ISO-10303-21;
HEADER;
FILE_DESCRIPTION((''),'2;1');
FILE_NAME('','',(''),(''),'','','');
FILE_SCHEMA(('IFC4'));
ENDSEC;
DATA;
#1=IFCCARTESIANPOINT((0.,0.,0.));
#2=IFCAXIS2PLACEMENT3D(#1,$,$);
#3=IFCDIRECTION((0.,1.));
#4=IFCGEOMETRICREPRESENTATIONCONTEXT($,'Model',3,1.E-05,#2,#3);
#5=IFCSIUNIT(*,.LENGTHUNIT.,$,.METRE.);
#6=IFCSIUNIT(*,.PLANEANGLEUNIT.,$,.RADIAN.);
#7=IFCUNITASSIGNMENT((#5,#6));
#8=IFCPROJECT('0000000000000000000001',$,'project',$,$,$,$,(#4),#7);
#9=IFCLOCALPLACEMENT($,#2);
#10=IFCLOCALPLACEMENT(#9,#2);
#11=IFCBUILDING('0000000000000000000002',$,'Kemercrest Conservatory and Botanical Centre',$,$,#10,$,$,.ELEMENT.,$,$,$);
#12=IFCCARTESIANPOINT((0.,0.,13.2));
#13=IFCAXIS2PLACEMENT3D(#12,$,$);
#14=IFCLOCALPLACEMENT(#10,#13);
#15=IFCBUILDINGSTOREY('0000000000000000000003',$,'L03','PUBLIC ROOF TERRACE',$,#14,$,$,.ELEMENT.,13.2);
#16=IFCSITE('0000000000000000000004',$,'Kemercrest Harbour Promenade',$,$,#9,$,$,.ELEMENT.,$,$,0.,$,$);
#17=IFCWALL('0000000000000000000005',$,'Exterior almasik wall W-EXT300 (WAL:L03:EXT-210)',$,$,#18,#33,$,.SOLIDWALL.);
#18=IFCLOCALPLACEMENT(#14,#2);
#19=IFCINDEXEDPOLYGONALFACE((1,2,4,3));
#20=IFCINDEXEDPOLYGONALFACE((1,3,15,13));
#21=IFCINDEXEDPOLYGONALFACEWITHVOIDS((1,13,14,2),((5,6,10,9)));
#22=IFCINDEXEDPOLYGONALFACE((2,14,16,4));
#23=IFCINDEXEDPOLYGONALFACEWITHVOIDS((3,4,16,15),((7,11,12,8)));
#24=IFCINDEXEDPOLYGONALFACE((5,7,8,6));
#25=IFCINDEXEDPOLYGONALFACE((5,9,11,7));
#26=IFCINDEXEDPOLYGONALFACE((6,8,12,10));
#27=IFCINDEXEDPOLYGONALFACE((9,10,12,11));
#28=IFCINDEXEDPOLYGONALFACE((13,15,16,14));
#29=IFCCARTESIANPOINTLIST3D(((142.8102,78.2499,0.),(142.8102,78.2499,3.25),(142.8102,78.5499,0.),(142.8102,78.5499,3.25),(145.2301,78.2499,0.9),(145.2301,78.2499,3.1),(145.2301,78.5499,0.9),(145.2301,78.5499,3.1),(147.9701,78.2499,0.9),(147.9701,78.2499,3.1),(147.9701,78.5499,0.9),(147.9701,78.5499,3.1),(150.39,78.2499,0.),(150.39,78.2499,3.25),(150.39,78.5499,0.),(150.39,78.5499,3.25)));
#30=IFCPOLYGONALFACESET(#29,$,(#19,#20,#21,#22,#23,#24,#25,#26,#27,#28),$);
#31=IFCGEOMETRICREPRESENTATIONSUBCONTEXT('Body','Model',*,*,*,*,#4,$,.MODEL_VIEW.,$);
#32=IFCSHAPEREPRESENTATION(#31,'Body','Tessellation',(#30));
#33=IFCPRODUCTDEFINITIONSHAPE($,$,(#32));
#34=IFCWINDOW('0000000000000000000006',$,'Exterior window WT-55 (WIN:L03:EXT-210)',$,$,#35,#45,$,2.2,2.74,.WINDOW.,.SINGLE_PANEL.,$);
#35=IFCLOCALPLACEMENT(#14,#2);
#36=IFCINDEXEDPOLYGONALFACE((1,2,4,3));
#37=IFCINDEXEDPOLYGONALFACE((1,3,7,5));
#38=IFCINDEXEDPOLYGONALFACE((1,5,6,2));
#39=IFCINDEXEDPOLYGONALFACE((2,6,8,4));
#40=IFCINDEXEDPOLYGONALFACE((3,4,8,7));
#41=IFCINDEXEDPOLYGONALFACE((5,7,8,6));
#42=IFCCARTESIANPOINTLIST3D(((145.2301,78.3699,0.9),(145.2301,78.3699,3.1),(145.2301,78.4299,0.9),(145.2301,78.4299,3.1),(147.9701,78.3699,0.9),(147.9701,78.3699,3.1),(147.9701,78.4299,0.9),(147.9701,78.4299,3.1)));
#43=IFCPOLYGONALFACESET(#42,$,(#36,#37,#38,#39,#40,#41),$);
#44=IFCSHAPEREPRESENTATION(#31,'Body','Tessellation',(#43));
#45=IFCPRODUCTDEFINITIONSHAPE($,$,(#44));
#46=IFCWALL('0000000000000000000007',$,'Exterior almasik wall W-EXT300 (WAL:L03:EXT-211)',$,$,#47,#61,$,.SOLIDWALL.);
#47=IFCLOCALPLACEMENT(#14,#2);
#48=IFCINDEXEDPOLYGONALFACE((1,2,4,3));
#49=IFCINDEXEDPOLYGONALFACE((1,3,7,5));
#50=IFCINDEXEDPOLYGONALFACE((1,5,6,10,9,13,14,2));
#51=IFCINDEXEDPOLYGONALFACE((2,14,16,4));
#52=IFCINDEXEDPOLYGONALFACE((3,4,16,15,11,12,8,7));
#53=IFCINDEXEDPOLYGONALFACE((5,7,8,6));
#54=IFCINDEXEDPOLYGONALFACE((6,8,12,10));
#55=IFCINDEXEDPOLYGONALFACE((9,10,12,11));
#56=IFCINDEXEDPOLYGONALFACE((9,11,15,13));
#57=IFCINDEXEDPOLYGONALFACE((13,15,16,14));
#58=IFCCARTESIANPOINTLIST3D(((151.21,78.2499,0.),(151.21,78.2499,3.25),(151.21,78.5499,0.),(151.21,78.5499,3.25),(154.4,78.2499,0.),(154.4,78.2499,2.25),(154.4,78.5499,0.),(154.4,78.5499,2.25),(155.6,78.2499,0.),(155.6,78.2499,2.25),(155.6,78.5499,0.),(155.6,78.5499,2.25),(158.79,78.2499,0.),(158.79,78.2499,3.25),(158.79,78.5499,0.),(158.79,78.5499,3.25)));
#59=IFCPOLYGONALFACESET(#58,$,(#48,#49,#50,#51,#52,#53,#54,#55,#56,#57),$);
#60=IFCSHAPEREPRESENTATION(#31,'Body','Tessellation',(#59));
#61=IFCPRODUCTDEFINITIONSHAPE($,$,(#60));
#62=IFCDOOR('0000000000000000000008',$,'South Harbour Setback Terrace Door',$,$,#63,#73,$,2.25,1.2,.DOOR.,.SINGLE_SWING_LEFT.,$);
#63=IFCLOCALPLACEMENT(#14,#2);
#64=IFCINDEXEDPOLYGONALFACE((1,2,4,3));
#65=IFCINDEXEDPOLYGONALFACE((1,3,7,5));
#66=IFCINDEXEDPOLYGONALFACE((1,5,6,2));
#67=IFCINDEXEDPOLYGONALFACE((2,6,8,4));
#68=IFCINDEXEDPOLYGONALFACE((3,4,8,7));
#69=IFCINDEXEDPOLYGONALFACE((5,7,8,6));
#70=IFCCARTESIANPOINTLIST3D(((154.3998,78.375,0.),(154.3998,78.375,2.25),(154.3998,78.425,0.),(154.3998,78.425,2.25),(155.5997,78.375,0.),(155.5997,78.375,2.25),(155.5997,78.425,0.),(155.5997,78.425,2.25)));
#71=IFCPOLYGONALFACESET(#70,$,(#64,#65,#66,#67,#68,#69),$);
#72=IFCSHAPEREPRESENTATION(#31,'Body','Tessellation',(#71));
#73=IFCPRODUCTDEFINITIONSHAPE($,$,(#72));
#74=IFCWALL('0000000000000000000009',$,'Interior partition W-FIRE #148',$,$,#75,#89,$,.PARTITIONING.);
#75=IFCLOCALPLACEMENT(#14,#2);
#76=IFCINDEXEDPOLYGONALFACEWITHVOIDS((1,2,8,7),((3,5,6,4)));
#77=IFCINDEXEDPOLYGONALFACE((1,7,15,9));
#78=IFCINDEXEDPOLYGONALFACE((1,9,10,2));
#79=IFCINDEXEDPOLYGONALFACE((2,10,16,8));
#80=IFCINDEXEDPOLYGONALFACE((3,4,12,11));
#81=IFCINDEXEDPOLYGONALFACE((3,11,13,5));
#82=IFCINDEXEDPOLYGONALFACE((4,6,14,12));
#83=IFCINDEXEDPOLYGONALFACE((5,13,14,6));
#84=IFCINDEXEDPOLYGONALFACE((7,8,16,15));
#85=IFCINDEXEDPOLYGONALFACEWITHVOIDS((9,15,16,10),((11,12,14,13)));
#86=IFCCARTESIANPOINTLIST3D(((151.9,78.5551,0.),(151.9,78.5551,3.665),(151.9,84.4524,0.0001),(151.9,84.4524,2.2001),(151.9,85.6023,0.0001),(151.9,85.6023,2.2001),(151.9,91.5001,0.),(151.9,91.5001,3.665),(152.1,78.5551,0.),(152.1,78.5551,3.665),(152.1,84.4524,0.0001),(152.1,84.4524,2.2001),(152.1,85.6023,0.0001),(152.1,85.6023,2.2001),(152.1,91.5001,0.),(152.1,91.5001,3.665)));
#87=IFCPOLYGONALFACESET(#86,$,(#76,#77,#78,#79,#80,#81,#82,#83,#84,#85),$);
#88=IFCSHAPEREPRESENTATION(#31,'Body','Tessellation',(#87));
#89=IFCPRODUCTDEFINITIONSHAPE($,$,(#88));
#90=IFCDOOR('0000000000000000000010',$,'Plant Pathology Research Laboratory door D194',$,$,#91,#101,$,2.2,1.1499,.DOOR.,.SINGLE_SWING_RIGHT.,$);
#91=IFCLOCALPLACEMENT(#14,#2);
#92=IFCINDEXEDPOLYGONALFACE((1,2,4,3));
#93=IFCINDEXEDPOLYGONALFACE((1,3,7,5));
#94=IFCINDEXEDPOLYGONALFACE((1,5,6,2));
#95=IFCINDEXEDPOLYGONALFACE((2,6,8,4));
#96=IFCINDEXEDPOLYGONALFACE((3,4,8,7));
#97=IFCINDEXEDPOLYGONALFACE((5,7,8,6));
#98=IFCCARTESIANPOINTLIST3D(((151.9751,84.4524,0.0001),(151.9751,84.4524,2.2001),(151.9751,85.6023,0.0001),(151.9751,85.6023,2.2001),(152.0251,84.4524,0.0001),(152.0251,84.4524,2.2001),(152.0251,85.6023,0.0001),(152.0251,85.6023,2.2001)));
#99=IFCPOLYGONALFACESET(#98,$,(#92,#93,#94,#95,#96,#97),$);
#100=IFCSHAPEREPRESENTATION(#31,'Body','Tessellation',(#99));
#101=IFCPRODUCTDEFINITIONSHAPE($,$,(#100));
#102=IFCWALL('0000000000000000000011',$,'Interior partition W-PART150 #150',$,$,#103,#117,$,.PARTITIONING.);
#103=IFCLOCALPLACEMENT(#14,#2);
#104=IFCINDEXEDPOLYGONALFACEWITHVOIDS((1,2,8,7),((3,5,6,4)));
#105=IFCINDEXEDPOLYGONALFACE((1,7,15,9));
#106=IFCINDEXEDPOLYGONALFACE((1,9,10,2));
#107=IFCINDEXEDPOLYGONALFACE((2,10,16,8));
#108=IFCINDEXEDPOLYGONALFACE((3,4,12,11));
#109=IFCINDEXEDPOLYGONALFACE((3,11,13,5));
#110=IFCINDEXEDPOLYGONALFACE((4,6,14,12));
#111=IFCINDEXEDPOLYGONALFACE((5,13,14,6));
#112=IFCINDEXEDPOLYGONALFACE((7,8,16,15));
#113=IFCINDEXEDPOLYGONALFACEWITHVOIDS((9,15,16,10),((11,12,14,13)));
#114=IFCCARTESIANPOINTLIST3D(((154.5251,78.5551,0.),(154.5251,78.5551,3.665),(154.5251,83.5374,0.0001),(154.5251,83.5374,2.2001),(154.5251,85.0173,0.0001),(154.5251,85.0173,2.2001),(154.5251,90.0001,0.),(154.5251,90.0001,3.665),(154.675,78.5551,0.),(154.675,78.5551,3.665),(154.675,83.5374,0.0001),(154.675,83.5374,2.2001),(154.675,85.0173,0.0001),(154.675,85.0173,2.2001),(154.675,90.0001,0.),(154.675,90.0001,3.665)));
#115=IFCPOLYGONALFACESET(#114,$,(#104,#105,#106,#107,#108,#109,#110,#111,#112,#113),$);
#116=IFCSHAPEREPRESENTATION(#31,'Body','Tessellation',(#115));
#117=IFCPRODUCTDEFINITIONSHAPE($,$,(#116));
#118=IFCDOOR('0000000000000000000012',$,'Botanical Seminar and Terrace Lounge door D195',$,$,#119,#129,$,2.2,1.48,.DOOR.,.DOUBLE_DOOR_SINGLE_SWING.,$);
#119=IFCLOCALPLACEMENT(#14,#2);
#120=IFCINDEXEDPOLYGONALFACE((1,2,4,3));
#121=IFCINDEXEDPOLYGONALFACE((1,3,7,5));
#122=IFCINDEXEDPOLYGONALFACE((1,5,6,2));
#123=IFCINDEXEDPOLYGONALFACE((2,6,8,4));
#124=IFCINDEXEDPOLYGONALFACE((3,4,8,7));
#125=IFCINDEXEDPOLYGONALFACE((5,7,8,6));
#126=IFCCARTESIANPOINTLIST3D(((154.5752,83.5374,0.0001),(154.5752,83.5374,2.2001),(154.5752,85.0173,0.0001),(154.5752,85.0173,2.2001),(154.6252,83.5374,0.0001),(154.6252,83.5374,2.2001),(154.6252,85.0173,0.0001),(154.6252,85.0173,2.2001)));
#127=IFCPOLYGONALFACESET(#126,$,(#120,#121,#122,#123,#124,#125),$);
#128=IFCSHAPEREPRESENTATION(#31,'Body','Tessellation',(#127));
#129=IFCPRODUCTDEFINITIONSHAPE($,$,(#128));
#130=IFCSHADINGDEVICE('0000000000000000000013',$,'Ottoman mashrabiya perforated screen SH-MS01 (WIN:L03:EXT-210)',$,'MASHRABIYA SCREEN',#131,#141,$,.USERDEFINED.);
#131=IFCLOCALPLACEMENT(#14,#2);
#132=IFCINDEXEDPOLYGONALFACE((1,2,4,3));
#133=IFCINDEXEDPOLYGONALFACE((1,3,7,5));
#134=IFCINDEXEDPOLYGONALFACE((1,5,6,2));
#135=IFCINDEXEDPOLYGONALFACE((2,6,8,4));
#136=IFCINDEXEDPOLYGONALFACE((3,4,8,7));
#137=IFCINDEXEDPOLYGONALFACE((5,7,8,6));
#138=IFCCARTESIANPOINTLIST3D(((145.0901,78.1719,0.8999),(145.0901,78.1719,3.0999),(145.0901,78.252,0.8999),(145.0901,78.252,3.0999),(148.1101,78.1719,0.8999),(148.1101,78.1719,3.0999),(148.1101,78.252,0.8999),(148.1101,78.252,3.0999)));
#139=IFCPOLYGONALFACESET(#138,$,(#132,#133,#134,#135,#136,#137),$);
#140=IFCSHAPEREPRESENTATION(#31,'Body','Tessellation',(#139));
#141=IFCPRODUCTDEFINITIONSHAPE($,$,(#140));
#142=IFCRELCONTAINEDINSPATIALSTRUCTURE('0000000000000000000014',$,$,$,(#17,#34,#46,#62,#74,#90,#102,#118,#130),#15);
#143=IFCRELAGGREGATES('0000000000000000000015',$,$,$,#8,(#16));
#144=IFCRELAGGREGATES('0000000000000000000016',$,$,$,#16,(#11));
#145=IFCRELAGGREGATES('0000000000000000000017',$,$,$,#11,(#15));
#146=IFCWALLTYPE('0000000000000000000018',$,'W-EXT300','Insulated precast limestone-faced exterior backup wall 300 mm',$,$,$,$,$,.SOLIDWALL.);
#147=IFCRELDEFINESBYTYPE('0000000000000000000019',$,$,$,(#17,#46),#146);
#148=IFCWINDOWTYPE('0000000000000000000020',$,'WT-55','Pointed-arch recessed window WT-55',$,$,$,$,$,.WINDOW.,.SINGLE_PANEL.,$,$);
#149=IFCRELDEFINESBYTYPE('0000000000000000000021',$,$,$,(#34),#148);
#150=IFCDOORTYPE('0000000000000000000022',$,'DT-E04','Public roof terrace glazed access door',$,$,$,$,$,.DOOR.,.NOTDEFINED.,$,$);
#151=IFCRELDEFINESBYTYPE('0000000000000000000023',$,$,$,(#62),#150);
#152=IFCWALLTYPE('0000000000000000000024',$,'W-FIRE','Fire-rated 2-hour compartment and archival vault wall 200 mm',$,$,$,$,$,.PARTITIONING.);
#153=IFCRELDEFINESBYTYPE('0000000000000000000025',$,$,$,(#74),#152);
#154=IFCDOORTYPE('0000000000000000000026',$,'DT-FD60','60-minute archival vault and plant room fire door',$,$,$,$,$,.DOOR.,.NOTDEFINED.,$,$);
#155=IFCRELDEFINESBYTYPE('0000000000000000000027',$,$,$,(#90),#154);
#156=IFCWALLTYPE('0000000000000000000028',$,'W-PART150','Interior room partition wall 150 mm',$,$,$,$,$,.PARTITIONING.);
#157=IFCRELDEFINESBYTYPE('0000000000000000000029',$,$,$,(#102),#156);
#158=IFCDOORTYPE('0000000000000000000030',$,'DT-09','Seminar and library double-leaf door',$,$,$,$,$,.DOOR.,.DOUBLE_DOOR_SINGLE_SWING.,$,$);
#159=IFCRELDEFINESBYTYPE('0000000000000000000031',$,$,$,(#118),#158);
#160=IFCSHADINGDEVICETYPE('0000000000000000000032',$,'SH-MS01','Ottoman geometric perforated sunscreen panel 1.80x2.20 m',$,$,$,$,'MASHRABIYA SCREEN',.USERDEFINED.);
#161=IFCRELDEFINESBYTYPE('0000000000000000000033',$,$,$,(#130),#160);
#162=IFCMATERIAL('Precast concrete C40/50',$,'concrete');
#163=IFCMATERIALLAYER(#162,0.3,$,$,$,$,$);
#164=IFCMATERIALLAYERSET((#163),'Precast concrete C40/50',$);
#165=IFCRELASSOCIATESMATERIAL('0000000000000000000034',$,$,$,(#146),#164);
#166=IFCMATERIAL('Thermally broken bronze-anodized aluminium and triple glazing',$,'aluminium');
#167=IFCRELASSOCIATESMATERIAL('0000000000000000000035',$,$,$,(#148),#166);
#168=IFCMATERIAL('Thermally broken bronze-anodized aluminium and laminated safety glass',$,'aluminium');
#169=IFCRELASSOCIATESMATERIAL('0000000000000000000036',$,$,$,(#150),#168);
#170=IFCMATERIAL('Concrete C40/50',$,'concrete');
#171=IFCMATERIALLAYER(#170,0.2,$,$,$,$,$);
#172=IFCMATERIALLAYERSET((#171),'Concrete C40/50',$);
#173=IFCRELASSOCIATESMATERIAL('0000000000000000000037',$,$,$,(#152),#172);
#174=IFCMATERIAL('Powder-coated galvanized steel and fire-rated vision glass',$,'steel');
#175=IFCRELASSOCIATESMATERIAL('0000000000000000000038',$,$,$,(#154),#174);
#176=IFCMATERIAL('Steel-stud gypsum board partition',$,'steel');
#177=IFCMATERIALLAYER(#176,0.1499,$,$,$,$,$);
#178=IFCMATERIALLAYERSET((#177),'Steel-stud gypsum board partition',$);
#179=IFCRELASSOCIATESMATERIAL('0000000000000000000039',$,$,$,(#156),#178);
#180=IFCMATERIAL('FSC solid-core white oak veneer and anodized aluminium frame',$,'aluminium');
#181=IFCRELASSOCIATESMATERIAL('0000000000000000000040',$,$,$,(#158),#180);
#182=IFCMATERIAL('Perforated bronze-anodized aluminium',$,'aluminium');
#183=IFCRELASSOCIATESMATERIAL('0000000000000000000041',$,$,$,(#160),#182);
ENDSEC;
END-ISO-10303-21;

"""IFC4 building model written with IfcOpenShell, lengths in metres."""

from ifc_helpers import new_model, si_unit, direction, frame, frame_2d, origin, origin_2d, place, context, subcontext, project, spatial, rectangle, extrude, material, layer, layer_set, type_object, element, fill, save


model = new_model("IFC4")

# Units and contexts
model_context = context("Model", 3, precision=1e-05, world=origin(), true_north=direction((0.0, 1.0)))
body_context = subcontext(model_context, "Body", "Model", "MODEL_VIEW")
ifc_project = project(units=[si_unit("LENGTHUNIT", "METRE"), si_unit("PLANEANGLEUNIT", "RADIAN")], contexts=[model_context])

# Site, building, storey
site_placement = place(None, origin())
site = spatial("IfcSite", under=ifc_project, at=site_placement, Name="Kemercrest Harbour Promenade", CompositionType="ELEMENT", RefElevation=0.0)
building_placement = place(site_placement, origin())
building = spatial("IfcBuilding", under=site, at=building_placement, Name="Kemercrest Conservatory and Botanical Centre", CompositionType="ELEMENT")
storey_placement = place(building_placement, frame((0.0, 0.0, 13.2)))
storey = spatial("IfcBuildingStorey", under=building, at=storey_placement, Name="L03", Description="PUBLIC ROOF TERRACE", CompositionType="ELEMENT", Elevation=13.2)

# Shared definitions
ifc_material_1 = material(Name="Concrete C40/50", Category="concrete")

# Wall, opening, window
ifc_material_2 = material(Name="Precast concrete C40/50", Category="concrete")
ifc_layer_1 = layer(ifc_material_2, 0.3)
ifc_layer_set_1 = layer_set([ifc_layer_1], Name="Precast concrete C40/50")
wall_type_1 = type_object("IfcWallType", Name="W-EXT300", Description="Insulated precast limestone-faced exterior backup wall 300 mm", PredefinedType="SOLIDWALL", material=ifc_layer_set_1)
wall_1_placement = place(storey_placement, frame((142.8101, 78.3999, 0.0), z_axis=(0.0, 0.0, 1.0), x_axis=(1.0, 0.0, 0.0)))
wall_1 = element("IfcWall", 1, at=wall_1_placement, inside=storey, type_object=wall_type_1, Name="Exterior almasik wall W-EXT300 (WAL:L03:EXT-210)", PredefinedType="SOLIDWALL", context=body_context, shape_type="SweptSolid", body=[
    extrude(rectangle(XDim=7.5798, YDim=0.3, at=frame_2d((3.79, 0.0))), origin(), (0.0, 0.0, 1.0), 3.25),
])
opening_1_placement = place(wall_1_placement, frame((2.4199, 0.0, 0.8999)))
opening_1 = element("IfcOpeningElement", 2, at=opening_1_placement, cuts=wall_1, PredefinedType="OPENING", context=body_context, shape_type="SweptSolid", body=[
    extrude(rectangle(XDim=2.74, YDim=2.2, at=frame_2d((1.3701, 1.1001))), frame((0.0, 0.1602, 0.0), z_axis=(0.0, -1.0, 0.0), x_axis=(1.0, 0.0, 0.0)), (0.0, 0.0, 1.0), 0.3201),
])
ifc_material_3 = material(Name="Thermally broken bronze-anodized aluminium and triple glazing", Category="aluminium")
window_type = type_object("IfcWindowType", Name="WT-55", Description="Pointed-arch recessed window WT-55", PartitioningType="SINGLE_PANEL", PredefinedType="WINDOW", material=ifc_material_3)
window_placement = place(opening_1_placement, origin())
window = element("IfcWindow", 3, at=window_placement, inside=storey, type_object=window_type, Name="Exterior window WT-55 (WIN:L03:EXT-210)", OverallHeight=2.2, OverallWidth=2.74, PartitioningType="SINGLE_PANEL", PredefinedType="WINDOW", context=body_context, shape_type="SweptSolid", body=[
    extrude(rectangle(XDim=2.74, YDim=2.2, at=frame_2d((1.3701, 1.1001))), frame((0.0, 0.03, 0.0), z_axis=(0.0, -1.0, 0.0), x_axis=(1.0, 0.0, 0.0)), (0.0, 0.0, 1.0), 0.0601),
])
fill(opening_1, window)

# Walls, openings, doors
wall_2_placement = place(storey_placement, frame((151.21, 78.3999, 0.0), z_axis=(0.0, 0.0, 1.0), x_axis=(1.0, 0.0, 0.0)))
wall_2 = element("IfcWall", 4, at=wall_2_placement, inside=storey, type_object=wall_type_1, Name="Exterior almasik wall W-EXT300 (WAL:L03:EXT-211)", PredefinedType="SOLIDWALL", context=body_context, shape_type="SweptSolid", body=[
    extrude(rectangle(XDim=7.5801, YDim=0.3, at=frame_2d((3.79, 0.0))), origin(), (0.0, 0.0, 1.0), 3.25),
])
opening_2_placement = place(wall_2_placement, frame((3.1899, 0.0, 0.0)))
opening_2 = element("IfcOpeningElement", 5, at=opening_2_placement, cuts=wall_2, PredefinedType="OPENING", context=body_context, shape_type="SweptSolid", body=[
    extrude(rectangle(XDim=1.2, YDim=2.25, at=frame_2d((0.6001, 1.125))), frame((0.0, 0.1602, 0.0), z_axis=(0.0, -1.0, 0.0), x_axis=(1.0, 0.0, 0.0)), (0.0, 0.0, 1.0), 0.3201),
])
ifc_material_4 = material(Name="Thermally broken bronze-anodized aluminium and laminated safety glass", Category="aluminium")
door_type_1 = type_object("IfcDoorType", Name="DT-E04", Description="Public roof terrace glazed access door", OperationType="NOTDEFINED", PredefinedType="DOOR", material=ifc_material_4)
door_1_placement = place(opening_2_placement, frame((1.2, 0.0, 0.0), z_axis=(0.0, 0.0, 1.0), x_axis=(-1.0, 0.0, 0.0)))
door_1 = element("IfcDoor", 6, at=door_1_placement, inside=storey, type_object=door_type_1, Name="South Harbour Setback Terrace Door", OperationType="SINGLE_SWING_LEFT", OverallHeight=2.25, OverallWidth=1.2, PredefinedType="DOOR", context=body_context, shape_type="SweptSolid", body=[
    extrude(rectangle(XDim=1.2, YDim=2.25, at=frame_2d((0.6001, 1.125))), frame((0.0, 0.0249, 0.0), z_axis=(0.0, -1.0, 0.0), x_axis=(1.0, 0.0, 0.0)), (0.0, 0.0, 1.0), 0.05),
])
fill(opening_2, door_1)
ifc_layer_2 = layer(ifc_material_1, 0.2)
ifc_layer_set_2 = layer_set([ifc_layer_2], Name="Concrete C40/50")
wall_type_2 = type_object("IfcWallType", Name="W-FIRE", Description="Fire-rated 2-hour compartment and archival vault wall 200 mm", PredefinedType="PARTITIONING", material=ifc_layer_set_2)
wall_3_placement = place(storey_placement, frame((152.0, 78.5549, 0.0), z_axis=(0.0, 0.0, 1.0), x_axis=(0.0, 1.0, 0.0)))
wall_3 = element("IfcWall", 7, at=wall_3_placement, inside=storey, type_object=wall_type_2, Name="Interior partition W-FIRE #148", PredefinedType="PARTITIONING", context=body_context, shape_type="SweptSolid", body=[
    extrude(rectangle(XDim=12.9451, YDim=0.2, at=frame_2d((6.4727, 0.0))), origin(), (0.0, 0.0, 1.0), 3.665),
])
opening_3_placement = place(wall_3_placement, frame((5.8975, 0.0, 0.0)))
opening_3 = element("IfcOpeningElement", 8, at=opening_3_placement, cuts=wall_3, PredefinedType="OPENING", context=body_context, shape_type="SweptSolid", body=[
    extrude(rectangle(XDim=1.1499, YDim=2.2, at=frame_2d((0.575, 1.1001))), frame((0.0, 0.1099, 0.0), z_axis=(0.0, -1.0, 0.0), x_axis=(1.0, 0.0, 0.0)), (0.0, 0.0, 1.0), 0.22),
])
ifc_material_5 = material(Name="Powder-coated galvanized steel and fire-rated vision glass", Category="steel")
door_type_2 = type_object("IfcDoorType", Name="DT-FD60", Description="60-minute archival vault and plant room fire door", OperationType="NOTDEFINED", PredefinedType="DOOR", material=ifc_material_5)
door_2_placement = place(opening_3_placement, origin())
door_2 = element("IfcDoor", 9, at=door_2_placement, inside=storey, type_object=door_type_2, Name="Plant Pathology Research Laboratory door D194", OperationType="SINGLE_SWING_RIGHT", OverallHeight=2.2, OverallWidth=1.1499, PredefinedType="DOOR", context=body_context, shape_type="SweptSolid", body=[
    extrude(rectangle(XDim=1.1499, YDim=2.2, at=frame_2d((0.575, 1.1001))), frame((0.0, 0.0249, 0.0), z_axis=(0.0, -1.0, 0.0), x_axis=(1.0, 0.0, 0.0)), (0.0, 0.0, 1.0), 0.05),
])
fill(opening_3, door_2)
ifc_material_6 = material(Name="Steel-stud gypsum board partition", Category="steel")
ifc_layer_3 = layer(ifc_material_6, 0.1499)
ifc_layer_set_3 = layer_set([ifc_layer_3], Name="Steel-stud gypsum board partition")
wall_type_3 = type_object("IfcWallType", Name="W-PART150", Description="Interior room partition wall 150 mm", PredefinedType="PARTITIONING", material=ifc_layer_set_3)
wall_4_placement = place(storey_placement, frame((154.6001, 78.5549, 0.0), z_axis=(0.0, 0.0, 1.0), x_axis=(0.0, 1.0, 0.0)))
wall_4 = element("IfcWall", 10, at=wall_4_placement, inside=storey, type_object=wall_type_3, Name="Interior partition W-PART150 #150", PredefinedType="PARTITIONING", context=body_context, shape_type="SweptSolid", body=[
    extrude(rectangle(XDim=11.4451, YDim=0.1499, at=frame_2d((5.7227, 0.0))), origin(), (0.0, 0.0, 1.0), 3.665),
])
opening_4_placement = place(wall_4_placement, frame((4.9824, 0.0, 0.0)))
opening_4 = element("IfcOpeningElement", 11, at=opening_4_placement, cuts=wall_4, PredefinedType="OPENING", context=body_context, shape_type="SweptSolid", body=[
    extrude(rectangle(XDim=1.48, YDim=2.2, at=frame_2d((0.74, 1.1001))), frame((0.0, 0.085, 0.0), z_axis=(0.0, -1.0, 0.0), x_axis=(1.0, 0.0, 0.0)), (0.0, 0.0, 1.0), 0.1699),
])
ifc_material_7 = material(Name="FSC solid-core white oak veneer and anodized aluminium frame", Category="aluminium")
door_type_3 = type_object("IfcDoorType", Name="DT-09", Description="Seminar and library double-leaf door", OperationType="DOUBLE_DOOR_SINGLE_SWING", PredefinedType="DOOR", material=ifc_material_7)
door_3_placement = place(opening_4_placement, origin())
door_3 = element("IfcDoor", 12, at=door_3_placement, inside=storey, type_object=door_type_3, Name="Botanical Seminar and Terrace Lounge door D195", OperationType="DOUBLE_DOOR_SINGLE_SWING", OverallHeight=2.2, OverallWidth=1.48, PredefinedType="DOOR", context=body_context, shape_type="SweptSolid", body=[
    extrude(rectangle(XDim=1.48, YDim=2.2, at=frame_2d((0.74, 1.1001))), frame((0.0, 0.0249, 0.0), z_axis=(0.0, -1.0, 0.0), x_axis=(1.0, 0.0, 0.0)), (0.0, 0.0, 1.0), 0.05),
])
fill(opening_4, door_3)

# Shading device
ifc_material_8 = material(Name="Perforated bronze-anodized aluminium", Category="aluminium")
shading_device_type = type_object("IfcShadingDeviceType", Name="SH-MS01", Description="Ottoman geometric perforated sunscreen panel 1.80x2.20 m", ElementType="MASHRABIYA SCREEN", PredefinedType="USERDEFINED", material=ifc_material_8)
shading_device_placement = place(storey_placement, frame((146.6001, 78.2119, 0.8999), z_axis=(0.0, 0.0, 1.0), x_axis=(1.0, 0.0, 0.0)))
element("IfcShadingDevice", 13, at=shading_device_placement, inside=storey, type_object=shading_device_type, Name="Ottoman mashrabiya perforated screen SH-MS01 (WIN:L03:EXT-210)", ObjectType="MASHRABIYA SCREEN", PredefinedType="USERDEFINED", context=body_context, shape_type="SweptSolid", body=[
    extrude(rectangle(XDim=3.02, YDim=0.0801, at=origin_2d()), origin(), (0.0, 0.0, 1.0), 2.2),
])

save(model, "model.ifc")
